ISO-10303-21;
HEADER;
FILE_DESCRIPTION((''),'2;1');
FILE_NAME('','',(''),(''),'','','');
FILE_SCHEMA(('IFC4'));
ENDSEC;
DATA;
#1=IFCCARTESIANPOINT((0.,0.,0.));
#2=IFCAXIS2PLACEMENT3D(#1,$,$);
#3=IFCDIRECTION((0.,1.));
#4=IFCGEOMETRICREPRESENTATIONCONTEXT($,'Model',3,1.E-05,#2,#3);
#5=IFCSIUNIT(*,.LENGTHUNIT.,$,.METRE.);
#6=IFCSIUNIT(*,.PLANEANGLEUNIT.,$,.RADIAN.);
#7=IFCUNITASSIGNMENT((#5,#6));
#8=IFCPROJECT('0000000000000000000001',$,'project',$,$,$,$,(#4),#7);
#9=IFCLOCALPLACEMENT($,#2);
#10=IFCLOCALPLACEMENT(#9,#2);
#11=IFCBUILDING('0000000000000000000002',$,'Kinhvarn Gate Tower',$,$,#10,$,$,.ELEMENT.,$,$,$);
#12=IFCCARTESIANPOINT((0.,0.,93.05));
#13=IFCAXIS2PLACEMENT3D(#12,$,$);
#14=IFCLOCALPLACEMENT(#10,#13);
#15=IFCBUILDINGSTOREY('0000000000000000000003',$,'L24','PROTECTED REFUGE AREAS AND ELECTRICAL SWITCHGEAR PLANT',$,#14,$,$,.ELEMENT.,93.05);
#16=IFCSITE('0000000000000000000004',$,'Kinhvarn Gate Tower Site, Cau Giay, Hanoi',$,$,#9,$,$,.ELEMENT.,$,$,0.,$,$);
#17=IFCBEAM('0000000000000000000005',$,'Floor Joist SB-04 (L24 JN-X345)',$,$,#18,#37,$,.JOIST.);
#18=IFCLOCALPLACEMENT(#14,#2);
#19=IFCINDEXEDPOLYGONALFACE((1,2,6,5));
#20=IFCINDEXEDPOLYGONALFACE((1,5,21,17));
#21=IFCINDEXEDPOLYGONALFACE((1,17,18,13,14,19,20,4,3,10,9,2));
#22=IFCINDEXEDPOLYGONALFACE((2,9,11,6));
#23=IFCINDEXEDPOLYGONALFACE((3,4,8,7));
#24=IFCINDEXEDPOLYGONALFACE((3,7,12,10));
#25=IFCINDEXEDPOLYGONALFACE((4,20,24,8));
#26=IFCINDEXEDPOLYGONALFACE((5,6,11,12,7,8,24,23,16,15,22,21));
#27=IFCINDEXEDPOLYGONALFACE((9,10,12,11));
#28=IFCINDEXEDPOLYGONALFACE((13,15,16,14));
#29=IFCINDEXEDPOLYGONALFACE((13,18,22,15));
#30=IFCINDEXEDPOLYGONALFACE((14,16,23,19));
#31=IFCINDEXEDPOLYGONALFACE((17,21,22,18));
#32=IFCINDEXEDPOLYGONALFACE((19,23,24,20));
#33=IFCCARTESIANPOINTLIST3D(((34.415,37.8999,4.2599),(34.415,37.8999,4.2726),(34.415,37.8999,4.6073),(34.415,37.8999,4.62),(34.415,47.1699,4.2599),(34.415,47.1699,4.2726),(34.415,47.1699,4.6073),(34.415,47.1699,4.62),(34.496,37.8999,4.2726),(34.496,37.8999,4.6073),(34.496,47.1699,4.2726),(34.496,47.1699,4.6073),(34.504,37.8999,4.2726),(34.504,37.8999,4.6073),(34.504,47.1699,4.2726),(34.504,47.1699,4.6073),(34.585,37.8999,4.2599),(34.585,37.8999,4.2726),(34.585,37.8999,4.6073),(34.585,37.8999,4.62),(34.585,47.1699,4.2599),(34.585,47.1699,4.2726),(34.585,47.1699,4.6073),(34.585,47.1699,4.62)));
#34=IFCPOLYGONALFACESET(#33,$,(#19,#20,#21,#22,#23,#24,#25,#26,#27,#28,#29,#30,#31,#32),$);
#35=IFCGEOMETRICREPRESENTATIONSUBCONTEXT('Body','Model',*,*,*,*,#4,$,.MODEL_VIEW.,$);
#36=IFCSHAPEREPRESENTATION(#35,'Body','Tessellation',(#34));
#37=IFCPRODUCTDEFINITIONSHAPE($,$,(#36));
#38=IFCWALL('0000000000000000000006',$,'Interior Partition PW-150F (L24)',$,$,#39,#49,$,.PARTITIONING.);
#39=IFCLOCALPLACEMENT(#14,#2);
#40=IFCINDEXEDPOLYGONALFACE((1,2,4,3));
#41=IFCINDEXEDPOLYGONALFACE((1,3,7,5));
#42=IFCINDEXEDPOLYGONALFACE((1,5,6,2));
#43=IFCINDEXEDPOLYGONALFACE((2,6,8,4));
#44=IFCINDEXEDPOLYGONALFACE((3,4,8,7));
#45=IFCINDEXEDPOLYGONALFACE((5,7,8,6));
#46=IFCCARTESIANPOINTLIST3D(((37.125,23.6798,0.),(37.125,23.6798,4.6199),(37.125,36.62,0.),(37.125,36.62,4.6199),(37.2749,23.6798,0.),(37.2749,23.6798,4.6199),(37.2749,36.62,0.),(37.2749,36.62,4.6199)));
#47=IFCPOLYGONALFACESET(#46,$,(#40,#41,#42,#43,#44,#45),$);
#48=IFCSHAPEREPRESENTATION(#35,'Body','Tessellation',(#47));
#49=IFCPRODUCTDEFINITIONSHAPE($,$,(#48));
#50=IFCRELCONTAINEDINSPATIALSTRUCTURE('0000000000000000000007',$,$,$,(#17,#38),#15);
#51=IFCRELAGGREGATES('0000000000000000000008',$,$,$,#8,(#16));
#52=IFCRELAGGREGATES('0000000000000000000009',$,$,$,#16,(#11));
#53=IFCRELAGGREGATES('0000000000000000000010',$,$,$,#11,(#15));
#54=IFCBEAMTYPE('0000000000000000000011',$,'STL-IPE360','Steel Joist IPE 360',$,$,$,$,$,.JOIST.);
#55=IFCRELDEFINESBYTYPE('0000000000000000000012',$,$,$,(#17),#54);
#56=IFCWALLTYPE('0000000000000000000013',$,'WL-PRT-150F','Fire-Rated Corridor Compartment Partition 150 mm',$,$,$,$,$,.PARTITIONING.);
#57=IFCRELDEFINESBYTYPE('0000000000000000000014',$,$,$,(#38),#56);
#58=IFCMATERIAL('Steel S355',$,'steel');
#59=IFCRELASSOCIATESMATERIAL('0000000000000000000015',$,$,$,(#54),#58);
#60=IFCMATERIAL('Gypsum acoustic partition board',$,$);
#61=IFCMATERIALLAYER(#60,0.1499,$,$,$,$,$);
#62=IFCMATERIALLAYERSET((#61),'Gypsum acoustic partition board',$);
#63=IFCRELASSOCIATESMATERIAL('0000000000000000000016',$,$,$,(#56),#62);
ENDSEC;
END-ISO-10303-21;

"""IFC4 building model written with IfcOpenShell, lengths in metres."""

from ifc_helpers import new_model, si_unit, direction, frame, frame_2d, origin, origin_2d, place, context, subcontext, project, spatial, rectangle, i_section, extrude, material, layer, layer_set, material_profile, profile_set, type_object, element, save


model = new_model("IFC4")

# Units and contexts
model_context = context("Model", 3, precision=1e-05, world=origin(), true_north=direction((0.0, 1.0)))
body_context = subcontext(model_context, "Body", "Model", "MODEL_VIEW")
ifc_project = project(units=[si_unit("LENGTHUNIT", "METRE"), si_unit("PLANEANGLEUNIT", "RADIAN")], contexts=[model_context])

# Site, building, storey
site_placement = place(None, origin())
site = spatial("IfcSite", under=ifc_project, at=site_placement, Name="Kinhvarn Gate Tower Site, Cau Giay, Hanoi", CompositionType="ELEMENT", RefElevation=0.0)
building_placement = place(site_placement, origin())
building = spatial("IfcBuilding", under=site, at=building_placement, Name="Kinhvarn Gate Tower", CompositionType="ELEMENT")
storey_placement = place(building_placement, frame((0.0, 0.0, 93.05)))
storey = spatial("IfcBuildingStorey", under=building, at=storey_placement, Name="L24", Description="PROTECTED REFUGE AREAS AND ELECTRICAL SWITCHGEAR PLANT", CompositionType="ELEMENT", Elevation=93.05)

# Shared definitions
ifc_material_1 = material(Name="Steel S355", Category="steel")

# Beam
ifc_material_profile_1 = material_profile(ifc_material_1, i_section(OverallWidth=0.1699, OverallDepth=0.3601, WebThickness=0.0081, FlangeThickness=0.0127, at=origin_2d()), Name="IPE 360")
ifc_profile_set_1 = profile_set([ifc_material_profile_1], Name="Steel S355")
beam_type_1 = type_object("IfcBeamType", Name="STL-IPE360", Description="Steel Joist IPE 360", PredefinedType="JOIST", material=ifc_profile_set_1)
for number, where, z_axis, x_axis, name in (
    (1, (34.5, 37.8999, 4.4399), (0.0, 1.0, 0.0), (-1.0, 0.0, 0.0), "Floor Joist SB-04 (L24 JN-X345)"),
):
    element("IfcBeam", number, at=place(storey_placement, frame(where, z_axis=z_axis, x_axis=x_axis)), inside=storey, type_object=beam_type_1, Name=name, PredefinedType="JOIST", context=body_context, shape_type="SweptSolid", body=[
        extrude(i_section(OverallWidth=0.1699, OverallDepth=0.3601, WebThickness=0.0081, FlangeThickness=0.0127, at=origin_2d()), origin(), (0.0, 0.0, 1.0), 9.27),
    ])

# Wall
ifc_material_2 = material(Name="Gypsum acoustic partition board")
ifc_layer = layer(ifc_material_2, 0.1499)
ifc_layer_set = layer_set([ifc_layer], Name="Gypsum acoustic partition board")
wall_type = type_object("IfcWallType", Name="WL-PRT-150F", Description="Fire-Rated Corridor Compartment Partition 150 mm", PredefinedType="PARTITIONING", material=ifc_layer_set)
wall_placement = place(storey_placement, frame((37.2, 36.6201, 0.0), z_axis=(0.0, 0.0, 1.0), x_axis=(0.0, -1.0, 0.0)))
element("IfcWall", 2, at=wall_placement, inside=storey, type_object=wall_type, Name="Interior Partition PW-150F (L24)", PredefinedType="PARTITIONING", context=body_context, shape_type="SweptSolid", body=[
    extrude(rectangle(XDim=12.9402, YDim=0.1499, at=frame_2d((6.4702, 0.0))), origin(), (0.0, 0.0, 1.0), 4.6199),
])

save(model, "model.ifc")
